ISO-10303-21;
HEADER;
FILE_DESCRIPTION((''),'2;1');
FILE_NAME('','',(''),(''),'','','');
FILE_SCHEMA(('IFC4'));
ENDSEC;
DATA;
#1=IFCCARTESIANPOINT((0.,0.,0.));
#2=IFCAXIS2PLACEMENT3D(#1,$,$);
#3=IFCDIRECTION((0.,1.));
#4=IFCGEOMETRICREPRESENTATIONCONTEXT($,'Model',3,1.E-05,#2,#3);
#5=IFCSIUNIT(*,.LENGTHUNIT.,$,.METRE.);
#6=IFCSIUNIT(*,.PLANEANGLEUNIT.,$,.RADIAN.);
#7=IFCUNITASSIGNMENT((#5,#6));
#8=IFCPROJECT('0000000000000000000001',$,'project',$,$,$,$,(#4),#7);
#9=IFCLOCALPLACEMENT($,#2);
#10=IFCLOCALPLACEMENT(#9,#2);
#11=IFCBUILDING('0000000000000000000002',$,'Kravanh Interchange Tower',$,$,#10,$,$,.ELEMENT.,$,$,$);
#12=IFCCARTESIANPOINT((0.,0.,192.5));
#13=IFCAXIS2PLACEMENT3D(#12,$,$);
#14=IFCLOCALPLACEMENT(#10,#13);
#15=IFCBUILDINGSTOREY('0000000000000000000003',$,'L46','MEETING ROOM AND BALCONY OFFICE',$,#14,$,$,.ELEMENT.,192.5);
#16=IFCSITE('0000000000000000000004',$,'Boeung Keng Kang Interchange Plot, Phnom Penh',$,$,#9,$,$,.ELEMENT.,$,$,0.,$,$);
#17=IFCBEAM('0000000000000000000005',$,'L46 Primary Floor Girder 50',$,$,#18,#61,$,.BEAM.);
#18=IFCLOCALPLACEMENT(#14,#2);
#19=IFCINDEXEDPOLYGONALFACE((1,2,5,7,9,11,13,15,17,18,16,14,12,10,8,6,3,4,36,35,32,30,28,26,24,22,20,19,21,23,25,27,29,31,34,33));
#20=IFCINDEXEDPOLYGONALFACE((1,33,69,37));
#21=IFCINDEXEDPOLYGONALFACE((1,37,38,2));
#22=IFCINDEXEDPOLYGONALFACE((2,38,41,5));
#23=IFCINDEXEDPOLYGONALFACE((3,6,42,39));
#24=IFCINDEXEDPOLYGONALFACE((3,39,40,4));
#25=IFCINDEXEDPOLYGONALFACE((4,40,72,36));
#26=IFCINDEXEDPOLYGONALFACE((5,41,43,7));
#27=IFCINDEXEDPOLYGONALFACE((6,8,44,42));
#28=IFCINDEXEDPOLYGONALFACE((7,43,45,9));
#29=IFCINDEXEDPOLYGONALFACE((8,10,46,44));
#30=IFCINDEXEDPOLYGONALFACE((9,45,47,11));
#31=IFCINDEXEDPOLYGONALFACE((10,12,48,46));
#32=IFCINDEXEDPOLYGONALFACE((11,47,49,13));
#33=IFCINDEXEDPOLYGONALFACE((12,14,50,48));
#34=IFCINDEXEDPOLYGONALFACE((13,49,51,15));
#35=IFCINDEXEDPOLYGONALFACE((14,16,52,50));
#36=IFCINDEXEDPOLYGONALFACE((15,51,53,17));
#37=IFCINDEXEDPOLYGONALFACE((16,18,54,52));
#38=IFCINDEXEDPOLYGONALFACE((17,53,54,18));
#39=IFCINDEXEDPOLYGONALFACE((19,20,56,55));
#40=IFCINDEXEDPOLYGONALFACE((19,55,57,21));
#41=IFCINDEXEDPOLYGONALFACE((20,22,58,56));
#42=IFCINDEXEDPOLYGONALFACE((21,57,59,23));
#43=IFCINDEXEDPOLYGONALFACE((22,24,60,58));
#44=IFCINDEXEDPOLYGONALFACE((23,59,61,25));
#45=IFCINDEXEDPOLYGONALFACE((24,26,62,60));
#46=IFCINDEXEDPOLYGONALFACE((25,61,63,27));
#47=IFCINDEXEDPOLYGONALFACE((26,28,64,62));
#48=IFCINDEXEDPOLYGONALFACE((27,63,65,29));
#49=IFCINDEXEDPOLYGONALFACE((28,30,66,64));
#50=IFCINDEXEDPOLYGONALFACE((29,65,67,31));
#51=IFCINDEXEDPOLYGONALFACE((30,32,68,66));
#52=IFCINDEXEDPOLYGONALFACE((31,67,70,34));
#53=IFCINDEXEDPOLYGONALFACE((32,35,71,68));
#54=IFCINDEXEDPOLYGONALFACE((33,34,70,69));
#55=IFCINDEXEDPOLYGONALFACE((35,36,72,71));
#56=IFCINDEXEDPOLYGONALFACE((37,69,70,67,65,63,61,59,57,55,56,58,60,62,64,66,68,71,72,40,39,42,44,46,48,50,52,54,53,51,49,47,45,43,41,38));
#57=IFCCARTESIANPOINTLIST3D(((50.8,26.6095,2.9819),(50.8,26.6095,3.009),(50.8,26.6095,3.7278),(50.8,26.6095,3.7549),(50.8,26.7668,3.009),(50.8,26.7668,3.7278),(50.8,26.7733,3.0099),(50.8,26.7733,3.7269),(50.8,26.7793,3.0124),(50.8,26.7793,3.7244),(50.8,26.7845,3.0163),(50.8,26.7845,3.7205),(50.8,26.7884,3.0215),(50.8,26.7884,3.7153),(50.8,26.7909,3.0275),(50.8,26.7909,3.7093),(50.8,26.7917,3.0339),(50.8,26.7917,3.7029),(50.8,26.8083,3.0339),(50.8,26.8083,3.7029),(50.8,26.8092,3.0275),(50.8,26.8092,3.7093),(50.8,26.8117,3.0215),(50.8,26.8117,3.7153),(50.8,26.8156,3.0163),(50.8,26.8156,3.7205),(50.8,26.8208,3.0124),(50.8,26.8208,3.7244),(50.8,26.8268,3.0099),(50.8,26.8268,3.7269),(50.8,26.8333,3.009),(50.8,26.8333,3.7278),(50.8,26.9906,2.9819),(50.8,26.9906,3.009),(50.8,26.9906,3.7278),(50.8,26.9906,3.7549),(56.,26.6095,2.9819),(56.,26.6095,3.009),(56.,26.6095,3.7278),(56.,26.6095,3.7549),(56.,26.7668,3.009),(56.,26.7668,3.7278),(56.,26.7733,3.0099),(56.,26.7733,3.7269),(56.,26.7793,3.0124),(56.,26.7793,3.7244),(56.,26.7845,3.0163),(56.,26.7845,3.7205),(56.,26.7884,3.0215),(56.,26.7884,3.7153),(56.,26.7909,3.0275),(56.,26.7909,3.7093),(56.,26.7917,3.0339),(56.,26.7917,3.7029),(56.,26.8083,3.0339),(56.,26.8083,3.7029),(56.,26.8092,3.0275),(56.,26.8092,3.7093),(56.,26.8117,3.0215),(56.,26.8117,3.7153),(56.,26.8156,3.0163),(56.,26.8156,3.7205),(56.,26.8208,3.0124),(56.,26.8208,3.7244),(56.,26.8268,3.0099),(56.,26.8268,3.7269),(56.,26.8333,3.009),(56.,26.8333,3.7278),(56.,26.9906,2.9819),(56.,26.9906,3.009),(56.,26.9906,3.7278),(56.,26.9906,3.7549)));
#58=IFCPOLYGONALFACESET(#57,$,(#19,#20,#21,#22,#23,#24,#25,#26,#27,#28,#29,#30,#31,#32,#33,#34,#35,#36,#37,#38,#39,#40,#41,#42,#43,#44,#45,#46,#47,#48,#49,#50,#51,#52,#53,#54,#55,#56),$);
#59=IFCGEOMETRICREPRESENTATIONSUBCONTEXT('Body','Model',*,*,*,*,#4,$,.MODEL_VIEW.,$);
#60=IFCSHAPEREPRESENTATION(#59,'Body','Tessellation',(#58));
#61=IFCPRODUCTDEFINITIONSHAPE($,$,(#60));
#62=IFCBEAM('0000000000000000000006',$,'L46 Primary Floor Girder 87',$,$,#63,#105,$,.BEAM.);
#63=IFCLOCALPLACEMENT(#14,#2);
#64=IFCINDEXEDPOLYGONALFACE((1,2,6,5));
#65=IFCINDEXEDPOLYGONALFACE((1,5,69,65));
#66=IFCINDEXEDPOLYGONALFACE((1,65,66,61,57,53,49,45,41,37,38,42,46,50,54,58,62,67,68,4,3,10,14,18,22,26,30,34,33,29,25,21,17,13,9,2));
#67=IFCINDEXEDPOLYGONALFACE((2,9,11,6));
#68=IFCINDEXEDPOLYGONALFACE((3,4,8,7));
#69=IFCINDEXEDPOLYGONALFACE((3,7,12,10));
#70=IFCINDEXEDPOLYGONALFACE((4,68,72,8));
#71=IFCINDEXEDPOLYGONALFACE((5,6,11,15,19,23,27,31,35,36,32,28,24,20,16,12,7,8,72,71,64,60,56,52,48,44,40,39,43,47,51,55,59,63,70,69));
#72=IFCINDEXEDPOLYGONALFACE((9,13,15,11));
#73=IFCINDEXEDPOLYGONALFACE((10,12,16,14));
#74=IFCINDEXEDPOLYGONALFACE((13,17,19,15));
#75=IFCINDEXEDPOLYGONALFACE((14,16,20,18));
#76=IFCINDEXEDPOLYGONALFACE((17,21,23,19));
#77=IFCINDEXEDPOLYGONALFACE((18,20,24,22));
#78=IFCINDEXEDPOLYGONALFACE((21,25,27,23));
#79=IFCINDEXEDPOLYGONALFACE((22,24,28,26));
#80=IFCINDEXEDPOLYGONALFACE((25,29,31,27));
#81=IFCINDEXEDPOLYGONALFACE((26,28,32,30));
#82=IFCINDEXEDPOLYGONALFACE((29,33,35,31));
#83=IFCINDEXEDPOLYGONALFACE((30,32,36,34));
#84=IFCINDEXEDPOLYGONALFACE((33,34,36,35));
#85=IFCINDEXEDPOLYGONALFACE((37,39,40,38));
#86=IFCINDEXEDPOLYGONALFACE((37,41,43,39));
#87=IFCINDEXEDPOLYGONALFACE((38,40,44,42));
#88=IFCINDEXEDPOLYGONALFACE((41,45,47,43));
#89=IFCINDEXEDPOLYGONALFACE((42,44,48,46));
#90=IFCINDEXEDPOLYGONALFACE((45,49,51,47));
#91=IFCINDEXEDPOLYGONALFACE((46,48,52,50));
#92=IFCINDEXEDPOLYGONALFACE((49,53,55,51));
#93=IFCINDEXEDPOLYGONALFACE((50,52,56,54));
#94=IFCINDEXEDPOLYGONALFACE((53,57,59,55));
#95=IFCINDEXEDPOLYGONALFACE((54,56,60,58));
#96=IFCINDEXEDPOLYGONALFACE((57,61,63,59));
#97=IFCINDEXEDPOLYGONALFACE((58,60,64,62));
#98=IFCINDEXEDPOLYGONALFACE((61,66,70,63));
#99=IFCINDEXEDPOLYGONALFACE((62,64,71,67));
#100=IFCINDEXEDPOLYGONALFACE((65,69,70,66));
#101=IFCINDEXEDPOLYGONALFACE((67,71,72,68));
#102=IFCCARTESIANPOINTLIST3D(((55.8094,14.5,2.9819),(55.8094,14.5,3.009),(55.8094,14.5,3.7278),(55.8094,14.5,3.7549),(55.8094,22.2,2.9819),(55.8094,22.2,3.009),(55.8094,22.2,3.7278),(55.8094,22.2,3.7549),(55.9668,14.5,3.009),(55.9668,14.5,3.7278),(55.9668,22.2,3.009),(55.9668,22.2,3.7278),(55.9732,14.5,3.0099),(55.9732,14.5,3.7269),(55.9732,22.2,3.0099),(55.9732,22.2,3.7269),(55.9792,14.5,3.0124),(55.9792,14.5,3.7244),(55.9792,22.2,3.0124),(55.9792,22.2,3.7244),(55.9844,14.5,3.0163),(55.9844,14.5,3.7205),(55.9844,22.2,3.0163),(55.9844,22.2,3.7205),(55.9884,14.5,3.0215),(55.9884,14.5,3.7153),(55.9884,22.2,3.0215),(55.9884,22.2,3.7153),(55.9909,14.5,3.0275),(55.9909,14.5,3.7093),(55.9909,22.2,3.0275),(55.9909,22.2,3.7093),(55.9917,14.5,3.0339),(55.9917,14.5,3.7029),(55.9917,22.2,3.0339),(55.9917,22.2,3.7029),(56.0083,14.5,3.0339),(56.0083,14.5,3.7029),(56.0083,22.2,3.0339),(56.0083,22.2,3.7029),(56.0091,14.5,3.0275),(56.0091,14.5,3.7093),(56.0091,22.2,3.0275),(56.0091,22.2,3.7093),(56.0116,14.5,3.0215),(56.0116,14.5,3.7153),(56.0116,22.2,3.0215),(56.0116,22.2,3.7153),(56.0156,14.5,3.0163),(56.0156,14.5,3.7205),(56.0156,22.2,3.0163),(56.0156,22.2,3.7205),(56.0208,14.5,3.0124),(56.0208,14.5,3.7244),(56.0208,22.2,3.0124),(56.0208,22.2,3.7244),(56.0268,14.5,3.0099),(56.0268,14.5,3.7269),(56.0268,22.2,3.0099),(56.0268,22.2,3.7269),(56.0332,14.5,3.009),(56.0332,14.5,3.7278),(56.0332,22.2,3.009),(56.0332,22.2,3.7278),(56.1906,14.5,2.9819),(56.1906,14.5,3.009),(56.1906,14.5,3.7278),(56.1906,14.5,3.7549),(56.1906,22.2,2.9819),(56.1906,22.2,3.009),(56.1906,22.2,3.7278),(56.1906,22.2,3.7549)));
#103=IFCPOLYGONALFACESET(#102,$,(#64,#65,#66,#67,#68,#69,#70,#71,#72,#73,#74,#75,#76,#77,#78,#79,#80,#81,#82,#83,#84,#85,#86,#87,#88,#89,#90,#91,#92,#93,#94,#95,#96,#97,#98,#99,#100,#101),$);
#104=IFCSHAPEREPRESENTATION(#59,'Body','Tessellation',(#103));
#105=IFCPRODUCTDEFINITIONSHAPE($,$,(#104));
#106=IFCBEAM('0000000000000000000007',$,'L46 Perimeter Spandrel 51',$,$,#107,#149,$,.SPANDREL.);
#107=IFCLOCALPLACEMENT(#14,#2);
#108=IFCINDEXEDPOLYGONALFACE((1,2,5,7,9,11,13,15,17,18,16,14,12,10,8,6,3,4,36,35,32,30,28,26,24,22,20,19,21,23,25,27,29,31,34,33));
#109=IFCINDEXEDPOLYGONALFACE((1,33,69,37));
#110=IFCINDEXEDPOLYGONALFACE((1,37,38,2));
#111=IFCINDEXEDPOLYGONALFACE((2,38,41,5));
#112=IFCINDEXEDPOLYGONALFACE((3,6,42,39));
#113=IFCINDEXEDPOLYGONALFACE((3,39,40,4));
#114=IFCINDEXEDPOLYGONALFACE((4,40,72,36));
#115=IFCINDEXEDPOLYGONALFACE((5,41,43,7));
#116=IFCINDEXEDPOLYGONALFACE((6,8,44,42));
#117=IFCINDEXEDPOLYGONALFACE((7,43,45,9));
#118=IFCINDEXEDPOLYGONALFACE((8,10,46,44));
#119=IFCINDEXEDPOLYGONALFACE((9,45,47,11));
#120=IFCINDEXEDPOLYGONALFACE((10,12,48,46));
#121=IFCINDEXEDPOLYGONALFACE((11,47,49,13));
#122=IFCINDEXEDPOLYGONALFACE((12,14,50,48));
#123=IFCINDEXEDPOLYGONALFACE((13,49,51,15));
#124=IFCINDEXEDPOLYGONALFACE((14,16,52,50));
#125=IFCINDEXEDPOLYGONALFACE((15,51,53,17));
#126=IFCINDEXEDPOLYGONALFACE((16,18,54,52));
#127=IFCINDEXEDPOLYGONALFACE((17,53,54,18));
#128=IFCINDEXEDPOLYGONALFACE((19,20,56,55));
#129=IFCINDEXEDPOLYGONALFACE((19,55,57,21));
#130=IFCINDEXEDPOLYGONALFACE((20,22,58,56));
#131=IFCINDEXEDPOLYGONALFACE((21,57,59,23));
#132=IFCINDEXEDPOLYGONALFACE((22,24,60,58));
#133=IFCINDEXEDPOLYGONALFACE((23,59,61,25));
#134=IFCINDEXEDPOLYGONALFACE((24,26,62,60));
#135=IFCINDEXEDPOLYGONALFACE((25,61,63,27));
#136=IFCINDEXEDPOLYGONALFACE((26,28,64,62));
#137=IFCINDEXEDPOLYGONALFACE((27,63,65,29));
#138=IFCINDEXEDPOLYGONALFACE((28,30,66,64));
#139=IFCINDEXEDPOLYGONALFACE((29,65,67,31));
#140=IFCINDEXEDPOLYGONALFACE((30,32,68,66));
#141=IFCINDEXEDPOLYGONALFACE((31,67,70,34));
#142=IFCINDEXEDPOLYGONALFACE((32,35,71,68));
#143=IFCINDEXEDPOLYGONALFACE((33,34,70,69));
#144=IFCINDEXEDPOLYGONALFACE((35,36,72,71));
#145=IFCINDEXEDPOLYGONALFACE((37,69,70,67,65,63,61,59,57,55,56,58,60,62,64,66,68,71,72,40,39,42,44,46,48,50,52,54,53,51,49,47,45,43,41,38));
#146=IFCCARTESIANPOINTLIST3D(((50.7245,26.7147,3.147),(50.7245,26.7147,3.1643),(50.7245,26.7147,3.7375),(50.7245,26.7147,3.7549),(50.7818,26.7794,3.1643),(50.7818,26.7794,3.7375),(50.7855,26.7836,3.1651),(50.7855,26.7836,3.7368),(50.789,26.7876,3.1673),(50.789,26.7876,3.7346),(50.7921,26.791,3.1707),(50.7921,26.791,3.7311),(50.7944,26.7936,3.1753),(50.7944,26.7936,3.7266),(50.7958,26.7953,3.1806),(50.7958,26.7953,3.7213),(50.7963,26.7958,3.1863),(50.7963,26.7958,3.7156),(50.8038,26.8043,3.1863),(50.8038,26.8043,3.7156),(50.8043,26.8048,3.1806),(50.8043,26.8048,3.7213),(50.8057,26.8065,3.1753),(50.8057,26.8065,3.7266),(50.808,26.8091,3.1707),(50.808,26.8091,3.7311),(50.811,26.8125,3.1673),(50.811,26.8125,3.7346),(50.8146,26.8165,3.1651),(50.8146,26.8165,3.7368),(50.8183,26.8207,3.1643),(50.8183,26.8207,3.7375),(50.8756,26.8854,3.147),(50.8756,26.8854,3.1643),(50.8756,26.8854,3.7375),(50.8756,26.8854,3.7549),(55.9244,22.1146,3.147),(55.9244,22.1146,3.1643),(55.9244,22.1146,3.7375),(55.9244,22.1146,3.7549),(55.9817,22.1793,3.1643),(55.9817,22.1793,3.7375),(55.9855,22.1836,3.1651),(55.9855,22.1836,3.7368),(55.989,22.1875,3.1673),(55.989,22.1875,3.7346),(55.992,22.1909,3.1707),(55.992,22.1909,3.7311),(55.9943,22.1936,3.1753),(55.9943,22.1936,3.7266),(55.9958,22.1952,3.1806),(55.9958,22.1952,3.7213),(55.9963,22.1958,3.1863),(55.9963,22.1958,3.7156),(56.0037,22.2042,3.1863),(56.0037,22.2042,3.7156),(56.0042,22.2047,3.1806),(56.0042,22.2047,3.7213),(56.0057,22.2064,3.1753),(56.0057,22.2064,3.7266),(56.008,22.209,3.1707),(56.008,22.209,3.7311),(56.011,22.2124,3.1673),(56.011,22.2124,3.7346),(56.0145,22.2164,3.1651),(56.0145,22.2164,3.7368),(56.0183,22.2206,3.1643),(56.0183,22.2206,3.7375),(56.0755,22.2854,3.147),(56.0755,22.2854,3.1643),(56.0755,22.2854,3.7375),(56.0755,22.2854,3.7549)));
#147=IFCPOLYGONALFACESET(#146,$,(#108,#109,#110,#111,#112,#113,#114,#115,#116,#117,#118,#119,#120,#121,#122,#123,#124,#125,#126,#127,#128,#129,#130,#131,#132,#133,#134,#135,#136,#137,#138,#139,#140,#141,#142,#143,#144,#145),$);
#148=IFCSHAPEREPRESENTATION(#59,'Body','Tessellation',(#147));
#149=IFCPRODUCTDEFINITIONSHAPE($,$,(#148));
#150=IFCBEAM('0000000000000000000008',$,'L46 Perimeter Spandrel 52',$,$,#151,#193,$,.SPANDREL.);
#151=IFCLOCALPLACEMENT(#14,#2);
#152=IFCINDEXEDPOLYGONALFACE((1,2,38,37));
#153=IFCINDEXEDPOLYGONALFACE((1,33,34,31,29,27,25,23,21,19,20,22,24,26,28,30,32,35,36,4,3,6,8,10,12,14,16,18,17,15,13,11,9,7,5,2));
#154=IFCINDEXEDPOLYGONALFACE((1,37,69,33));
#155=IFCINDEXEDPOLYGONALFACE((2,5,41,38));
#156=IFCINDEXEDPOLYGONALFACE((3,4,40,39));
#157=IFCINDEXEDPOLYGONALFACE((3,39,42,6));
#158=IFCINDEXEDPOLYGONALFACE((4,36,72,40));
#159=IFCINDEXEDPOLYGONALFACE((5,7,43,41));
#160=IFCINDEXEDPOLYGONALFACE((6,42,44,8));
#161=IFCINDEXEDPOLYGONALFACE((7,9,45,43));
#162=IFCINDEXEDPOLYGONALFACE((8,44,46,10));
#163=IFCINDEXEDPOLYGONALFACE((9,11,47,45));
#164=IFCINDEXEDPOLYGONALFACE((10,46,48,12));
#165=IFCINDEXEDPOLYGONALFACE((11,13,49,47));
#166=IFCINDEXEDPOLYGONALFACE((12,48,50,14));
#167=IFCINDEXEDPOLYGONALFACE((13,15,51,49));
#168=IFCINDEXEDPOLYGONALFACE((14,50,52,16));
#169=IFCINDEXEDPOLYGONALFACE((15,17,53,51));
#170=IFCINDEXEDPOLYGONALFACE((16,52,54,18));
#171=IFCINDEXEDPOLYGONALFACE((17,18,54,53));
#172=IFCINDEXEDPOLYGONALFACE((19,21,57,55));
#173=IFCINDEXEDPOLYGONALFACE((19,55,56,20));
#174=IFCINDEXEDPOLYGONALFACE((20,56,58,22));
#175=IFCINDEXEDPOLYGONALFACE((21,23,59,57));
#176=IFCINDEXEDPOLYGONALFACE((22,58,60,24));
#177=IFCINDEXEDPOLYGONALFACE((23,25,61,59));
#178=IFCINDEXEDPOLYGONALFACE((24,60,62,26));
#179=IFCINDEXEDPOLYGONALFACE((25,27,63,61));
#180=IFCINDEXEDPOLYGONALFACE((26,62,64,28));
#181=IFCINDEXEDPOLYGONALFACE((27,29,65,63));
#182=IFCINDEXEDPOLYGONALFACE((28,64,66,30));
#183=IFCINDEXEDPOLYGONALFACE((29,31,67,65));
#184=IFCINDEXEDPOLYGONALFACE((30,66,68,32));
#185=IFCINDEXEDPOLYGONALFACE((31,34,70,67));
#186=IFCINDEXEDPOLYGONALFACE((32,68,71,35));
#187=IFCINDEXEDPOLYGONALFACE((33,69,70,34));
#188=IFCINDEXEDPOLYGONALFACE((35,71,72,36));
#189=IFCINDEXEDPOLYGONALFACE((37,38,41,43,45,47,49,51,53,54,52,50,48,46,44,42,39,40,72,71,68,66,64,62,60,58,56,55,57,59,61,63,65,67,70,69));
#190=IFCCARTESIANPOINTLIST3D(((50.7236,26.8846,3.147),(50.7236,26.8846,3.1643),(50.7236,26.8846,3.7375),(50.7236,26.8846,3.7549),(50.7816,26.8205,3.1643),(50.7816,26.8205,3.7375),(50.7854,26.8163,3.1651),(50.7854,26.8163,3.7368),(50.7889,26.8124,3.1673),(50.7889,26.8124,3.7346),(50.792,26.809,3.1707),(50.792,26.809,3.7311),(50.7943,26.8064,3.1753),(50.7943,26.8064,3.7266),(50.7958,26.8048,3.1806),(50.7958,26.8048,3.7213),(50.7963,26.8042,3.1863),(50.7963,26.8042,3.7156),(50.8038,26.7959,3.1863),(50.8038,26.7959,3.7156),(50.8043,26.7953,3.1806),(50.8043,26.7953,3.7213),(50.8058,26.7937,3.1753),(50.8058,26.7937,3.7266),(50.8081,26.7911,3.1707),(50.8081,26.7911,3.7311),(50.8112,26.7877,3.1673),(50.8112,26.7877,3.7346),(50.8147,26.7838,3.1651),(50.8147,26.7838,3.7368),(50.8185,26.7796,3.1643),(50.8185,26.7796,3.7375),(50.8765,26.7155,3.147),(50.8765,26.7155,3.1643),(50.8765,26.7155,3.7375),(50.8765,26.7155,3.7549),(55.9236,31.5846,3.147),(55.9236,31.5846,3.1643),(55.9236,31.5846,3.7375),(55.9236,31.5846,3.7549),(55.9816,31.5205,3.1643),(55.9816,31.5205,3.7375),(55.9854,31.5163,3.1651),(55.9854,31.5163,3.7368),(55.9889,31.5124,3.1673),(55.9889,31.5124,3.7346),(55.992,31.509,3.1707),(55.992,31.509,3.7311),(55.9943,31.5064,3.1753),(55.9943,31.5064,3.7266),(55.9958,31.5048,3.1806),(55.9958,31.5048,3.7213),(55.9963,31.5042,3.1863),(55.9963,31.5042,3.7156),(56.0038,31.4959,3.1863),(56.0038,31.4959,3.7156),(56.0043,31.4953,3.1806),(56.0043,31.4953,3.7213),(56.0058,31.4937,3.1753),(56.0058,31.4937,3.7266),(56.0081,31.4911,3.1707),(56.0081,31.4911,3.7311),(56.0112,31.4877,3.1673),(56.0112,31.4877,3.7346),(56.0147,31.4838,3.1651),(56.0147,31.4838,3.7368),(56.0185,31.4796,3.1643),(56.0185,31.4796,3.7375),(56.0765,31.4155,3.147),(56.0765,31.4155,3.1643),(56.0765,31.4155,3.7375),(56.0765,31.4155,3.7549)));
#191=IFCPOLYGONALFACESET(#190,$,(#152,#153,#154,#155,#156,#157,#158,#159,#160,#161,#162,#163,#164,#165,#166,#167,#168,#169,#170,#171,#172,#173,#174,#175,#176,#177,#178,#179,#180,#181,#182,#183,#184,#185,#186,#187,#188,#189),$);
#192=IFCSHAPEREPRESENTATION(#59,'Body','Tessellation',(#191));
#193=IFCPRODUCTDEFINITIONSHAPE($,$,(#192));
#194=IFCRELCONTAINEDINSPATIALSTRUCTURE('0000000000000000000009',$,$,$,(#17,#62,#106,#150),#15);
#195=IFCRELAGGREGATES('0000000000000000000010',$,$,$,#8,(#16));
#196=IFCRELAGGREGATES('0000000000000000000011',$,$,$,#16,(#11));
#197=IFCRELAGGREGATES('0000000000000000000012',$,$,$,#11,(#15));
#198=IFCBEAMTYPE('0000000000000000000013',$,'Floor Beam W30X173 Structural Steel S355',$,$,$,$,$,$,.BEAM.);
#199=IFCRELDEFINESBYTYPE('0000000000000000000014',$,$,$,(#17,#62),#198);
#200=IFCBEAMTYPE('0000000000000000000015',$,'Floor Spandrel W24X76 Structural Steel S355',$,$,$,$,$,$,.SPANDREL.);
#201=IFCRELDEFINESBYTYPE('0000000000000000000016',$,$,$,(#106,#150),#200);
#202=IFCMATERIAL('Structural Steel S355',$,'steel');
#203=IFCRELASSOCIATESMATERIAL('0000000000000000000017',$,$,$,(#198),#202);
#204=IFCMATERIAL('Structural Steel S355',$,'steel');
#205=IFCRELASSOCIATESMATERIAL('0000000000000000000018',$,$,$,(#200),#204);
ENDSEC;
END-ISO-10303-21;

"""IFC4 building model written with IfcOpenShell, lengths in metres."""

from ifc_helpers import new_model, si_unit, direction, frame, origin, origin_2d, place, context, subcontext, project, spatial, i_section, extrude, material, material_profile, profile_set, type_object, element, save


model = new_model("IFC4")

# Units and contexts
model_context = context("Model", 3, precision=1e-05, world=origin(), true_north=direction((0.0, 1.0)))
body_context = subcontext(model_context, "Body", "Model", "MODEL_VIEW")
ifc_project = project(units=[si_unit("LENGTHUNIT", "METRE"), si_unit("PLANEANGLEUNIT", "RADIAN")], contexts=[model_context])

# Site, building, storey
site_placement = place(None, origin())
site = spatial("IfcSite", under=ifc_project, at=site_placement, Name="Boeung Keng Kang Interchange Plot, Phnom Penh", CompositionType="ELEMENT", RefElevation=0.0)
building_placement = place(site_placement, origin())
building = spatial("IfcBuilding", under=site, at=building_placement, Name="Kravanh Interchange Tower", CompositionType="ELEMENT")
storey_placement = place(building_placement, frame((0.0, 0.0, 192.5)))
storey = spatial("IfcBuildingStorey", under=building, at=storey_placement, Name="L46", Description="MEETING ROOM AND BALCONY OFFICE", CompositionType="ELEMENT", Elevation=192.5)

# Beams
ifc_material_1 = material(Name="Structural Steel S355", Category="steel")
ifc_material_profile_1 = material_profile(ifc_material_1, i_section(OverallWidth=0.3811, OverallDepth=0.7729, WebThickness=0.0166, FlangeThickness=0.0271, FilletRadius=0.0249, at=origin_2d()), Name="W30X173")
ifc_profile_set_1 = profile_set([ifc_material_profile_1], Name="Structural Steel S355")
beam_type_1 = type_object("IfcBeamType", Name="Floor Beam W30X173 Structural Steel S355", PredefinedType="BEAM", material=ifc_profile_set_1)
beam_1_placement = place(storey_placement, frame((50.8, 26.8, 3.3684), z_axis=(1.0, 0.0, 0.0), x_axis=(0.0, 1.0, 0.0)))
element("IfcBeam", 1, at=beam_1_placement, inside=storey, type_object=beam_type_1, Name="L46 Primary Floor Girder 50", PredefinedType="BEAM", context=body_context, shape_type="SweptSolid", body=[
    extrude(i_section(OverallWidth=0.3811, OverallDepth=0.7729, WebThickness=0.0166, FlangeThickness=0.0271, FilletRadius=0.0249, at=origin_2d()), origin(), (0.0, 0.0, 1.0), 5.2),
])
beam_2_placement = place(storey_placement, frame((56.0, 14.5, 3.3684), z_axis=(0.0, 1.0, 0.0), x_axis=(-1.0, 0.0, 0.0)))
element("IfcBeam", 2, at=beam_2_placement, inside=storey, type_object=beam_type_1, Name="L46 Primary Floor Girder 87", PredefinedType="BEAM", context=body_context, shape_type="SweptSolid", body=[
    extrude(i_section(OverallWidth=0.3811, OverallDepth=0.7729, WebThickness=0.0166, FlangeThickness=0.0271, FilletRadius=0.0249, at=origin_2d()), origin(), (0.0, 0.0, 1.0), 7.7),
])
ifc_material_2 = material(Name="Structural Steel S355", Category="steel")
ifc_material_profile_2 = material_profile(ifc_material_2, i_section(OverallWidth=0.228, OverallDepth=0.6079, WebThickness=0.0112, FlangeThickness=0.0173, FilletRadius=0.022, at=origin_2d()), Name="W24X76")
ifc_profile_set_2 = profile_set([ifc_material_profile_2], Name="Structural Steel S355")
beam_type_2 = type_object("IfcBeamType", Name="Floor Spandrel W24X76 Structural Steel S355", PredefinedType="SPANDREL", material=ifc_profile_set_2)
beam_3_placement = place(storey_placement, frame((50.8, 26.8, 3.4509), z_axis=(0.748986, -0.662585, 0.0), x_axis=(0.662585, 0.748986, 0.0)))
element("IfcBeam", 3, at=beam_3_placement, inside=storey, type_object=beam_type_2, Name="L46 Perimeter Spandrel 51", PredefinedType="SPANDREL", context=body_context, shape_type="SweptSolid", body=[
    extrude(i_section(OverallWidth=0.228, OverallDepth=0.6079, WebThickness=0.0112, FlangeThickness=0.0173, FilletRadius=0.022, at=origin_2d()), origin(), (0.0, 0.0, 1.0), 6.9426),
])
beam_4_placement = place(storey_placement, frame((50.8, 26.8, 3.4509), z_axis=(0.741874, 0.670539, 0.0), x_axis=(-0.670539, 0.741874, 0.0)))
element("IfcBeam", 4, at=beam_4_placement, inside=storey, type_object=beam_type_2, Name="L46 Perimeter Spandrel 52", PredefinedType="SPANDREL", context=body_context, shape_type="SweptSolid", body=[
    extrude(i_section(OverallWidth=0.228, OverallDepth=0.6079, WebThickness=0.0112, FlangeThickness=0.0173, FilletRadius=0.022, at=origin_2d()), origin(), (0.0, 0.0, 1.0), 7.0093),
])

save(model, "model.ifc")
